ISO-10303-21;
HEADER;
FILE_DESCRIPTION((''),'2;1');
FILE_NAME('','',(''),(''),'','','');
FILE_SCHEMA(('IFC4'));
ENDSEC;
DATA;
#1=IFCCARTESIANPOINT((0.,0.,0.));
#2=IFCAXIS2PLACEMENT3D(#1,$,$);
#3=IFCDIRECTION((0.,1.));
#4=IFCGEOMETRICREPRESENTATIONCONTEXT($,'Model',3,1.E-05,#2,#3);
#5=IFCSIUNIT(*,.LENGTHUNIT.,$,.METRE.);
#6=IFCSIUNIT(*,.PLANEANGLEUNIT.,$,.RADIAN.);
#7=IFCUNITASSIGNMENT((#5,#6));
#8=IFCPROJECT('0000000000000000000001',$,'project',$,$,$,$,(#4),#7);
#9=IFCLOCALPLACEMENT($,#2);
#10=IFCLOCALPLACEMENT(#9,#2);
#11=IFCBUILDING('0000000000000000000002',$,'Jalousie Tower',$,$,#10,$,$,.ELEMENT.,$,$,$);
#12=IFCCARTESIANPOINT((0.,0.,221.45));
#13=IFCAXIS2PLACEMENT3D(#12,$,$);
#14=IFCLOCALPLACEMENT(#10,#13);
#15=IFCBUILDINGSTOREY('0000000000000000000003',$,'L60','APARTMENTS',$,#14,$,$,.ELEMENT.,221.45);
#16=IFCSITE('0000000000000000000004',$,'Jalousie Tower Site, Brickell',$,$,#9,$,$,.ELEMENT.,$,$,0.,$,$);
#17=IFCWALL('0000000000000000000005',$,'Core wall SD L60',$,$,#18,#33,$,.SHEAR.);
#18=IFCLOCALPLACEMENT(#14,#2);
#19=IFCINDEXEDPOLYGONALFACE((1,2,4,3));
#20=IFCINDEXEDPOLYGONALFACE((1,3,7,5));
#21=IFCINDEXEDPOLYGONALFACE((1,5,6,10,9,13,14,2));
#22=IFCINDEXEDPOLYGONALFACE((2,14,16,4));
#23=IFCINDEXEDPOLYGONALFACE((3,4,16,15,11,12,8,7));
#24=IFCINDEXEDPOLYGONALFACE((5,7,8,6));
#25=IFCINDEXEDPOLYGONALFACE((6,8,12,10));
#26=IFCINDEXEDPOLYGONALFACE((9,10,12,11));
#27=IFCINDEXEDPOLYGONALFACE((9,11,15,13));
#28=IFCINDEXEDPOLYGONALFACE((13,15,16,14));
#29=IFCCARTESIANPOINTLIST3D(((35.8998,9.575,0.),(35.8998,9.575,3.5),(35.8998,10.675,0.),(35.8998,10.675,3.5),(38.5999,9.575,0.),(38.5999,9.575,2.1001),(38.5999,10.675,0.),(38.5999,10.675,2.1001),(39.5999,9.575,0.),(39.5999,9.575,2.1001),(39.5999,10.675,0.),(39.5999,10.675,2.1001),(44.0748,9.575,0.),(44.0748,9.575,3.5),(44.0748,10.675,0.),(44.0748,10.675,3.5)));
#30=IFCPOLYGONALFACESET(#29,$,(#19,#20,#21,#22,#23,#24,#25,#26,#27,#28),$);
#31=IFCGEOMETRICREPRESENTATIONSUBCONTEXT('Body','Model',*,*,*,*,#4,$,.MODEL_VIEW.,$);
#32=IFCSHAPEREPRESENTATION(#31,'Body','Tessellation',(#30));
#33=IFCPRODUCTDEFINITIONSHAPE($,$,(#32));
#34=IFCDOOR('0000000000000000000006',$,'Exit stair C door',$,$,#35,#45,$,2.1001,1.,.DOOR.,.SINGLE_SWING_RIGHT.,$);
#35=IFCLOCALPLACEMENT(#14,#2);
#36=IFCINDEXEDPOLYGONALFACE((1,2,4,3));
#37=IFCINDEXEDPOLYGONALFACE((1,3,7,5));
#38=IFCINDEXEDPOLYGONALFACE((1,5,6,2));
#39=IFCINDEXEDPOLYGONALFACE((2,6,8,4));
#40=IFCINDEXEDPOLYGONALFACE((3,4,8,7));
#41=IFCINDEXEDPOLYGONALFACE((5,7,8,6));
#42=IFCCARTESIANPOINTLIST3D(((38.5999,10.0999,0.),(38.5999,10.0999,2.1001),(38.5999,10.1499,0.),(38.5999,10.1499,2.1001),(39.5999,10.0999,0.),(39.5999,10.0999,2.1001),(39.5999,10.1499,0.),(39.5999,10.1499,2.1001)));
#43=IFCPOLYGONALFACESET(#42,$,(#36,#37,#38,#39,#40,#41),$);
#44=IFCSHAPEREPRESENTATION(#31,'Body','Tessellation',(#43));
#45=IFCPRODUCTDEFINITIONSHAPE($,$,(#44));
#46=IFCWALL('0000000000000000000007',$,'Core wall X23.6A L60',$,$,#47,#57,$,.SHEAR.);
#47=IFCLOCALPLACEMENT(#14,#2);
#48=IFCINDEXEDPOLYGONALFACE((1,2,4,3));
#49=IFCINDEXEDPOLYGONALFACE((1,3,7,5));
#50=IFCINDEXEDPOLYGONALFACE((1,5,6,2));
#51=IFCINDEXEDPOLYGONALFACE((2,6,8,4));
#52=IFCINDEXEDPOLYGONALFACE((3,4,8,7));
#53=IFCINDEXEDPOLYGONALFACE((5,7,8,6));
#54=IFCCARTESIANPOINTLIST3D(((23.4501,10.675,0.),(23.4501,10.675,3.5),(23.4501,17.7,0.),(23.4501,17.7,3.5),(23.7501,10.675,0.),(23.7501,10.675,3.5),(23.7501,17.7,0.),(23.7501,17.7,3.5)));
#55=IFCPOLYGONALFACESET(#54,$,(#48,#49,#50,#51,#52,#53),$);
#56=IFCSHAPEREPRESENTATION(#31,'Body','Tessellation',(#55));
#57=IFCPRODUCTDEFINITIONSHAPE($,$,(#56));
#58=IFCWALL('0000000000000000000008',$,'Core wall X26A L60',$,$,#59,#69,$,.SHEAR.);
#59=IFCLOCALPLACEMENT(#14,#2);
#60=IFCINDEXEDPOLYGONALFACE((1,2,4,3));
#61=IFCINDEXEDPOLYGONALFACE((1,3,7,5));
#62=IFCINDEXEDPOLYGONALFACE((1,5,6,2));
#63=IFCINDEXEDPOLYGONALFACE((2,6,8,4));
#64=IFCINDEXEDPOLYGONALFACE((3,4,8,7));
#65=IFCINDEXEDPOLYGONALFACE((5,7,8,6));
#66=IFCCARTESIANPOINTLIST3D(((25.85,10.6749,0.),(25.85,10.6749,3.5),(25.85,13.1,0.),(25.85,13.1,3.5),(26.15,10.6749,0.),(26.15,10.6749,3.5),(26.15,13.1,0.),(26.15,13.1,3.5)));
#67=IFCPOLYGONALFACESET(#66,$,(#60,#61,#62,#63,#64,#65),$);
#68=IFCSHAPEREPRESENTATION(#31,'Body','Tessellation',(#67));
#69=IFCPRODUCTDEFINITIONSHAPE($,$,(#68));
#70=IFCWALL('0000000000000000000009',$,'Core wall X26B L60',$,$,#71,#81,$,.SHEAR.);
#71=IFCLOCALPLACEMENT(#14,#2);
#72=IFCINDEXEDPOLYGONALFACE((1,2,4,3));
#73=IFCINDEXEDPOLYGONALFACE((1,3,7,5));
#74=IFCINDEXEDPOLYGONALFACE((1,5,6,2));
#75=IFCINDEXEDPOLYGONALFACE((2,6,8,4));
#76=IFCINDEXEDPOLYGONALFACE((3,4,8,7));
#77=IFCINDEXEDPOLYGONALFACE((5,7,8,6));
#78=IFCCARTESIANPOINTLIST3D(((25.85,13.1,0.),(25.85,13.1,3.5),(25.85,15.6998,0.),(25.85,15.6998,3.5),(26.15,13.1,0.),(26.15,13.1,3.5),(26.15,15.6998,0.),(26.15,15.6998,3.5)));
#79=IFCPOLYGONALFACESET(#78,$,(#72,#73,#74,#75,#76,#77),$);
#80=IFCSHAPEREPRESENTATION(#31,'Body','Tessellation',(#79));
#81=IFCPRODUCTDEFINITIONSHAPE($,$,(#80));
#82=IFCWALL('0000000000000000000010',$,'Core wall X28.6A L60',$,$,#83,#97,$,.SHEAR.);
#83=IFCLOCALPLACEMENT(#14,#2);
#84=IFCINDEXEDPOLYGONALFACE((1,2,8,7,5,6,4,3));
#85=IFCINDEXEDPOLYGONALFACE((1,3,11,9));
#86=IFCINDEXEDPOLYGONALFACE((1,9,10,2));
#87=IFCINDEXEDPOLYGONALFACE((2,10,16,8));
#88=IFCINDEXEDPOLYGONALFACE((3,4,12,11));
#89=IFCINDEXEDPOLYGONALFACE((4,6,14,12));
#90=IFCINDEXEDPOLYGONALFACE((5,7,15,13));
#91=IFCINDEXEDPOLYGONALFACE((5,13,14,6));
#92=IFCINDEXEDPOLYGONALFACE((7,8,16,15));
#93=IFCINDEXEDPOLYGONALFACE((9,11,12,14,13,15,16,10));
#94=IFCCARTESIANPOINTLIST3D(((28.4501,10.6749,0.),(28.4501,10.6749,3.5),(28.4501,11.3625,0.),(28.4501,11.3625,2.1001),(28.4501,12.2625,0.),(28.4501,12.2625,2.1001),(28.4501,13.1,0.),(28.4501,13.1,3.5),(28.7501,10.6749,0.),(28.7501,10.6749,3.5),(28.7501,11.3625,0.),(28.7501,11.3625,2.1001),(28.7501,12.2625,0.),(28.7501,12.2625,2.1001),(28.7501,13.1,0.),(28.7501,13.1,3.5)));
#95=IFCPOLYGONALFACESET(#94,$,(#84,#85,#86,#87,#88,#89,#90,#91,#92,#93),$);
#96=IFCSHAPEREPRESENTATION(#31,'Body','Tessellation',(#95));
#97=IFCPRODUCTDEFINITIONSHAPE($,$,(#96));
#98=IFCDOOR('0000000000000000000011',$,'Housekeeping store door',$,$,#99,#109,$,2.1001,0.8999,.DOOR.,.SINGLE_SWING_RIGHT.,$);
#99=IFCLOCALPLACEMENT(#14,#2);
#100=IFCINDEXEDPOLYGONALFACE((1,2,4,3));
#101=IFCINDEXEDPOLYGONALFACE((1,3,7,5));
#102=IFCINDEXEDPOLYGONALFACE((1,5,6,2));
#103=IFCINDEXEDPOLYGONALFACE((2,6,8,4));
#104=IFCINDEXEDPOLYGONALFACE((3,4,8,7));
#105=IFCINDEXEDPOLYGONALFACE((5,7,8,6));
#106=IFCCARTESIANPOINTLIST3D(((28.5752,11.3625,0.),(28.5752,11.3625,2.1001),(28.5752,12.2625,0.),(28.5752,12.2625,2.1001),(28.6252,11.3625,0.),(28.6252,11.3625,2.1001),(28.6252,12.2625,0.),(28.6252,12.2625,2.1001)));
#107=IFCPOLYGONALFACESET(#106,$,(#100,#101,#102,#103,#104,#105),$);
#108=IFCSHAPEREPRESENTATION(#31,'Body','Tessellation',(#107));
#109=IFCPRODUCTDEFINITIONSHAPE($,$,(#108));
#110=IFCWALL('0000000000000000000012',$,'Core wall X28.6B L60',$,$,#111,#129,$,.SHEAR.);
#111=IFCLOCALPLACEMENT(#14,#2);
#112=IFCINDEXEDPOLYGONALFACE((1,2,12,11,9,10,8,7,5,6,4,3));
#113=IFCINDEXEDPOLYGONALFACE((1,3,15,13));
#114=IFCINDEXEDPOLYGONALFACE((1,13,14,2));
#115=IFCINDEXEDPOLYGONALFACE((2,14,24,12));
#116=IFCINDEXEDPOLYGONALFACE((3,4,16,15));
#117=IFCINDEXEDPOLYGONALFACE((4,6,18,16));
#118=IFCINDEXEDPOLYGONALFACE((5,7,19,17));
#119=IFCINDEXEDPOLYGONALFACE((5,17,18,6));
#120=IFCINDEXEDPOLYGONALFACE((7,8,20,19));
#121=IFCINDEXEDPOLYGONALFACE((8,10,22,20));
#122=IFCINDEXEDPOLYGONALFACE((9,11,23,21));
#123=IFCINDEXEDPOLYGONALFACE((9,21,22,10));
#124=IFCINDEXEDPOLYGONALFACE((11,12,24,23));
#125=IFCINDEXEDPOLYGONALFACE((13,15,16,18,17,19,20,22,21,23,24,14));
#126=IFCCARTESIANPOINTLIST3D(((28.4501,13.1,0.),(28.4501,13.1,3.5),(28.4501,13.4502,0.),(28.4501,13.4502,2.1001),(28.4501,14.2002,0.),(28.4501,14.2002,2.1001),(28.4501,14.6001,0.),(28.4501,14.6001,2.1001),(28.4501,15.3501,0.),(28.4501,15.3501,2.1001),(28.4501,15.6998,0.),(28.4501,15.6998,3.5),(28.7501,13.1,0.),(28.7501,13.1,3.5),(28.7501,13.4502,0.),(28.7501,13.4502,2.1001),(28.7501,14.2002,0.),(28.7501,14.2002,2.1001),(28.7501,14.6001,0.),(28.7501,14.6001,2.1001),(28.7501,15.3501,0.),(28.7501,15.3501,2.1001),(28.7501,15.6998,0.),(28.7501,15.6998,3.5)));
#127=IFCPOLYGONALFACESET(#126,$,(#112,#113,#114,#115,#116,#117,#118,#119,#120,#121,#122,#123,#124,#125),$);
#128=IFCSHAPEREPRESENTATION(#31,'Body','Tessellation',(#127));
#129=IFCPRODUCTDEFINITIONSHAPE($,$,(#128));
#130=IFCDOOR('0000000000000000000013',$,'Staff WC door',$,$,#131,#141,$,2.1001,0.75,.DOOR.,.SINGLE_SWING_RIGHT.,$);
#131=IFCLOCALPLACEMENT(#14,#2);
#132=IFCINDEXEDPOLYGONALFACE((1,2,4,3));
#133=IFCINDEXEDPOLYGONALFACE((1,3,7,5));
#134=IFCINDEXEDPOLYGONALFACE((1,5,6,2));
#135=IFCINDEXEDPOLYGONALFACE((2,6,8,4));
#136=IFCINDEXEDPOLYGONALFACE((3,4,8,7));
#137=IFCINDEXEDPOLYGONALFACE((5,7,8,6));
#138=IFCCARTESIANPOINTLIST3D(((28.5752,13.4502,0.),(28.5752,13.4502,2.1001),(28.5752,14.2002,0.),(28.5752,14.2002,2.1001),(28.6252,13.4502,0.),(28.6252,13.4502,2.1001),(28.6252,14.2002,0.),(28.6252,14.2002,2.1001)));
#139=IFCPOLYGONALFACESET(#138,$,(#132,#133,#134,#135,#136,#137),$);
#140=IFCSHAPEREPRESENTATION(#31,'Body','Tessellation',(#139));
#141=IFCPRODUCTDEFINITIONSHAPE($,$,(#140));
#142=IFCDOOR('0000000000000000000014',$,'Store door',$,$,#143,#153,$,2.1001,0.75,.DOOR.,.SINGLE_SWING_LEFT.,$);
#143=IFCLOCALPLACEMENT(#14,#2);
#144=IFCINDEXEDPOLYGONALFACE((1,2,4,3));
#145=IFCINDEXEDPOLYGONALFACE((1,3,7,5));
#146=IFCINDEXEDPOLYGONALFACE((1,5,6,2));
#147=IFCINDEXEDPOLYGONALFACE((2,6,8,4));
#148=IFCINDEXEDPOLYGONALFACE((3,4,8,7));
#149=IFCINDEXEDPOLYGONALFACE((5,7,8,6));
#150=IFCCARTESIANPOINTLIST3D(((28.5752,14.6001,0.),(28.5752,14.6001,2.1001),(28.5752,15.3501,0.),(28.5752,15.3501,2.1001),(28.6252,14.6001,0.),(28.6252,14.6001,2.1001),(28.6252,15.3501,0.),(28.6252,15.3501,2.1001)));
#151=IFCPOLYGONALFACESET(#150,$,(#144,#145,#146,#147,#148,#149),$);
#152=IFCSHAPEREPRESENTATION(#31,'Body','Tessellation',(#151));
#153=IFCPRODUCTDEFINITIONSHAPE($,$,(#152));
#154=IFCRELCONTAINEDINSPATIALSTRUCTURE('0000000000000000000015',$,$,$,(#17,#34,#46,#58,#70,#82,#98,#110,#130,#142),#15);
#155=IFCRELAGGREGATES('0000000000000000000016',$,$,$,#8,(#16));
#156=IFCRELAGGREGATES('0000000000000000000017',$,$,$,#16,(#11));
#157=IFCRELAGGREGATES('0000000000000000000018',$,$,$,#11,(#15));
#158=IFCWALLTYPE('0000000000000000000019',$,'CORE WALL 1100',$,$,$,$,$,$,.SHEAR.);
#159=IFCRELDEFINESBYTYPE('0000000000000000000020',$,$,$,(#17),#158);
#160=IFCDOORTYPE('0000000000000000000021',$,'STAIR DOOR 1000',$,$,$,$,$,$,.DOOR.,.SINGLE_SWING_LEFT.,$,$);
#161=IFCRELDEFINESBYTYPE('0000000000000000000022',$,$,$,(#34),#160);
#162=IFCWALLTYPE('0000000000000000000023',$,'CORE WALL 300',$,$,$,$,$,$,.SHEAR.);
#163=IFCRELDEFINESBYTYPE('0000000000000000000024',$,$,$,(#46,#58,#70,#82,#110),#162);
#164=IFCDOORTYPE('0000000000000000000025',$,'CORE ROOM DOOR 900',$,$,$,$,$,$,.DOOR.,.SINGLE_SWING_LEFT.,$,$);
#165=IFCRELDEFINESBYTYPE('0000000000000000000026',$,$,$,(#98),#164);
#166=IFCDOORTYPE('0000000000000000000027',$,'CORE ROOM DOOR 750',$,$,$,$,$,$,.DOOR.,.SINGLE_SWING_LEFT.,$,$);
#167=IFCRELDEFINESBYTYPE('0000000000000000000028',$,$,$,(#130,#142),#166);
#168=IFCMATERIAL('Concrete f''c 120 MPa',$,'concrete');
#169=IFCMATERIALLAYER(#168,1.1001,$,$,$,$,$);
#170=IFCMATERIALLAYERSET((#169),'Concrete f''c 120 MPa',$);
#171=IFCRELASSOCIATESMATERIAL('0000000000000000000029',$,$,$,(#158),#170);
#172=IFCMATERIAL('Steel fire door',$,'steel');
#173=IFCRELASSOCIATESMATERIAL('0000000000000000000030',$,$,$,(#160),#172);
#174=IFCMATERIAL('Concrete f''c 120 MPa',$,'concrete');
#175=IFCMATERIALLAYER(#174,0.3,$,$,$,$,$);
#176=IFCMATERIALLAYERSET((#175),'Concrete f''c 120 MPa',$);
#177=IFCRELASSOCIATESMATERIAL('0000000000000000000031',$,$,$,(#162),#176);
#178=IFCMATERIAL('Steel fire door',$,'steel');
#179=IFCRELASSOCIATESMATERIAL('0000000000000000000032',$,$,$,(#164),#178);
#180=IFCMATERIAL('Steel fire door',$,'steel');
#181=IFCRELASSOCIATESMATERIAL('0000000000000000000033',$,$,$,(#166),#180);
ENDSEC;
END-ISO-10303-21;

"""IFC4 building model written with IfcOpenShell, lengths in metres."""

from ifc_helpers import new_model, si_unit, direction, frame, frame_2d, origin, place, context, subcontext, project, spatial, rectangle, extrude, material, layer, layer_set, type_object, element, fill, save


model = new_model("IFC4")

# Units and contexts
model_context = context("Model", 3, precision=1e-05, world=origin(), true_north=direction((0.0, 1.0)))
body_context = subcontext(model_context, "Body", "Model", "MODEL_VIEW")
ifc_project = project(units=[si_unit("LENGTHUNIT", "METRE"), si_unit("PLANEANGLEUNIT", "RADIAN")], contexts=[model_context])

# Site, building, storey
site_placement = place(None, origin())
site = spatial("IfcSite", under=ifc_project, at=site_placement, Name="Jalousie Tower Site, Brickell", CompositionType="ELEMENT", RefElevation=0.0)
building_placement = place(site_placement, origin())
building = spatial("IfcBuilding", under=site, at=building_placement, Name="Jalousie Tower", CompositionType="ELEMENT")
storey_placement = place(building_placement, frame((0.0, 0.0, 221.45)))
storey = spatial("IfcBuildingStorey", under=building, at=storey_placement, Name="L60", Description="APARTMENTS", CompositionType="ELEMENT", Elevation=221.45)

# Wall, opening, door
ifc_material_1 = material(Name="Concrete f'c 120 MPa", Category="concrete")
ifc_layer_1 = layer(ifc_material_1, 1.1001)
ifc_layer_set_1 = layer_set([ifc_layer_1], Name="Concrete f'c 120 MPa")
wall_type_1 = type_object("IfcWallType", Name="CORE WALL 1100", PredefinedType="SHEAR", material=ifc_layer_set_1)
wall_1_placement = place(storey_placement, frame((35.8999, 10.125, 0.0), z_axis=(0.0, 0.0, 1.0), x_axis=(1.0, 0.0, 0.0)))
wall_1 = element("IfcWall", 1, at=wall_1_placement, inside=storey, type_object=wall_type_1, Name="Core wall SD L60", PredefinedType="SHEAR", context=body_context, shape_type="SweptSolid", body=[
    extrude(rectangle(XDim=8.175, YDim=1.1001, at=frame_2d((4.0874, 0.0))), origin(), (0.0, 0.0, 1.0), 3.5),
])
opening_1_placement = place(wall_1_placement, frame((2.7, 0.0, 0.0)))
opening_1 = element("IfcOpeningElement", 2, at=opening_1_placement, cuts=wall_1, PredefinedType="OPENING", context=body_context, shape_type="SweptSolid", body=[
    extrude(rectangle(XDim=1.0, YDim=2.1001, at=frame_2d((0.5, 1.05))), frame((0.0, 0.5601, 0.0), z_axis=(0.0, -1.0, 0.0), x_axis=(1.0, 0.0, 0.0)), (0.0, 0.0, 1.0), 1.1201),
])
ifc_material_2 = material(Name="Steel fire door", Category="steel")
door_type_1 = type_object("IfcDoorType", Name="STAIR DOOR 1000", OperationType="SINGLE_SWING_LEFT", PredefinedType="DOOR", material=ifc_material_2)
door_1_placement = place(opening_1_placement, origin())
door_1 = element("IfcDoor", 3, at=door_1_placement, inside=storey, type_object=door_type_1, Name="Exit stair C door", OperationType="SINGLE_SWING_RIGHT", OverallHeight=2.1001, OverallWidth=1.0, PredefinedType="DOOR", context=body_context, shape_type="SweptSolid", body=[
    extrude(rectangle(XDim=1.0, YDim=2.1001, at=frame_2d((0.5, 1.05))), frame((0.0, 0.0249, 0.0), z_axis=(0.0, -1.0, 0.0), x_axis=(1.0, 0.0, 0.0)), (0.0, 0.0, 1.0), 0.05),
])
fill(opening_1, door_1)

# Walls
ifc_material_3 = material(Name="Concrete f'c 120 MPa", Category="concrete")
ifc_layer_2 = layer(ifc_material_3, 0.3)
ifc_layer_set_2 = layer_set([ifc_layer_2], Name="Concrete f'c 120 MPa")
wall_type_2 = type_object("IfcWallType", Name="CORE WALL 300", PredefinedType="SHEAR", material=ifc_layer_set_2)
wall_2_placement = place(storey_placement, frame((23.6001, 10.675, 0.0), z_axis=(0.0, 0.0, 1.0), x_axis=(0.0, 1.0, 0.0)))
element("IfcWall", 4, at=wall_2_placement, inside=storey, type_object=wall_type_2, Name="Core wall X23.6A L60", PredefinedType="SHEAR", context=body_context, shape_type="SweptSolid", body=[
    extrude(rectangle(XDim=7.0249, YDim=0.3, at=frame_2d((3.5125, 0.0))), origin(), (0.0, 0.0, 1.0), 3.5),
])
wall_3_placement = place(storey_placement, frame((26.0, 10.675, 0.0), z_axis=(0.0, 0.0, 1.0), x_axis=(0.0, 1.0, 0.0)))
element("IfcWall", 5, at=wall_3_placement, inside=storey, type_object=wall_type_2, Name="Core wall X26A L60", PredefinedType="SHEAR", context=body_context, shape_type="SweptSolid", body=[
    extrude(rectangle(XDim=2.425, YDim=0.3, at=frame_2d((1.2124, 0.0))), origin(), (0.0, 0.0, 1.0), 3.5),
])
wall_4_placement = place(storey_placement, frame((26.0, 13.1001, 0.0), z_axis=(0.0, 0.0, 1.0), x_axis=(0.0, 1.0, 0.0)))
element("IfcWall", 6, at=wall_4_placement, inside=storey, type_object=wall_type_2, Name="Core wall X26B L60", PredefinedType="SHEAR", context=body_context, shape_type="SweptSolid", body=[
    extrude(rectangle(XDim=2.5999, YDim=0.3, at=frame_2d((1.2998, 0.0))), origin(), (0.0, 0.0, 1.0), 3.5),
])

# Wall, opening, door
wall_5_placement = place(storey_placement, frame((28.6001, 10.675, 0.0), z_axis=(0.0, 0.0, 1.0), x_axis=(0.0, 1.0, 0.0)))
wall_5 = element("IfcWall", 7, at=wall_5_placement, inside=storey, type_object=wall_type_2, Name="Core wall X28.6A L60", PredefinedType="SHEAR", context=body_context, shape_type="SweptSolid", body=[
    extrude(rectangle(XDim=2.425, YDim=0.3, at=frame_2d((1.2124, 0.0))), origin(), (0.0, 0.0, 1.0), 3.5),
])
opening_2_placement = place(wall_5_placement, frame((0.6875, 0.0, 0.0)))
opening_2 = element("IfcOpeningElement", 8, at=opening_2_placement, cuts=wall_5, PredefinedType="OPENING", context=body_context, shape_type="SweptSolid", body=[
    extrude(rectangle(XDim=0.8999, YDim=2.1001, at=frame_2d((0.45, 1.05))), frame((0.0, 0.1599, 0.0), z_axis=(0.0, -1.0, 0.0), x_axis=(1.0, 0.0, 0.0)), (0.0, 0.0, 1.0), 0.3201),
])
ifc_material_4 = material(Name="Steel fire door", Category="steel")
door_type_2 = type_object("IfcDoorType", Name="CORE ROOM DOOR 900", OperationType="SINGLE_SWING_LEFT", PredefinedType="DOOR", material=ifc_material_4)
door_2_placement = place(opening_2_placement, origin())
door_2 = element("IfcDoor", 9, at=door_2_placement, inside=storey, type_object=door_type_2, Name="Housekeeping store door", OperationType="SINGLE_SWING_RIGHT", OverallHeight=2.1001, OverallWidth=0.8999, PredefinedType="DOOR", context=body_context, shape_type="SweptSolid", body=[
    extrude(rectangle(XDim=0.8999, YDim=2.1001, at=frame_2d((0.45, 1.05))), frame((0.0, 0.0249, 0.0), z_axis=(0.0, -1.0, 0.0), x_axis=(1.0, 0.0, 0.0)), (0.0, 0.0, 1.0), 0.05),
])
fill(opening_2, door_2)

# Wall, openings, doors
wall_6_placement = place(storey_placement, frame((28.6001, 13.1001, 0.0), z_axis=(0.0, 0.0, 1.0), x_axis=(0.0, 1.0, 0.0)))
wall_6 = element("IfcWall", 10, at=wall_6_placement, inside=storey, type_object=wall_type_2, Name="Core wall X28.6B L60", PredefinedType="SHEAR", context=body_context, shape_type="SweptSolid", body=[
    extrude(rectangle(XDim=2.5999, YDim=0.3, at=frame_2d((1.2998, 0.0))), origin(), (0.0, 0.0, 1.0), 3.5),
])
opening_3_placement = place(wall_6_placement, frame((0.3501, 0.0, 0.0)))
opening_3 = element("IfcOpeningElement", 11, at=opening_3_placement, cuts=wall_6, PredefinedType="OPENING", context=body_context, shape_type="SweptSolid", body=[
    extrude(rectangle(XDim=0.75, YDim=2.1001, at=frame_2d((0.375, 1.05))), frame((0.0, 0.1599, 0.0), z_axis=(0.0, -1.0, 0.0), x_axis=(1.0, 0.0, 0.0)), (0.0, 0.0, 1.0), 0.3201),
])
opening_4_placement = place(wall_6_placement, frame((1.5, 0.0, 0.0)))
opening_4 = element("IfcOpeningElement", 12, at=opening_4_placement, cuts=wall_6, PredefinedType="OPENING", context=body_context, shape_type="SweptSolid", body=[
    extrude(rectangle(XDim=0.75, YDim=2.1001, at=frame_2d((0.375, 1.05))), frame((0.0, 0.1599, 0.0), z_axis=(0.0, -1.0, 0.0), x_axis=(1.0, 0.0, 0.0)), (0.0, 0.0, 1.0), 0.3201),
])
ifc_material_5 = material(Name="Steel fire door", Category="steel")
door_type_3 = type_object("IfcDoorType", Name="CORE ROOM DOOR 750", OperationType="SINGLE_SWING_LEFT", PredefinedType="DOOR", material=ifc_material_5)
door_3_placement = place(opening_3_placement, origin())
door_3 = element("IfcDoor", 13, at=door_3_placement, inside=storey, type_object=door_type_3, Name="Staff WC door", OperationType="SINGLE_SWING_RIGHT", OverallHeight=2.1001, OverallWidth=0.75, PredefinedType="DOOR", context=body_context, shape_type="SweptSolid", body=[
    extrude(rectangle(XDim=0.75, YDim=2.1001, at=frame_2d((0.375, 1.05))), frame((0.0, 0.0249, 0.0), z_axis=(0.0, -1.0, 0.0), x_axis=(1.0, 0.0, 0.0)), (0.0, 0.0, 1.0), 0.05),
])
fill(opening_3, door_3)
door_4_placement = place(opening_4_placement, origin())
door_4 = element("IfcDoor", 14, at=door_4_placement, inside=storey, type_object=door_type_3, Name="Store door", OperationType="SINGLE_SWING_LEFT", OverallHeight=2.1001, OverallWidth=0.75, PredefinedType="DOOR", context=body_context, shape_type="SweptSolid", body=[
    extrude(rectangle(XDim=0.75, YDim=2.1001, at=frame_2d((0.375, 1.05))), frame((0.0, 0.0249, 0.0), z_axis=(0.0, -1.0, 0.0), x_axis=(1.0, 0.0, 0.0)), (0.0, 0.0, 1.0), 0.05),
])
fill(opening_4, door_4)

save(model, "model.ifc")
